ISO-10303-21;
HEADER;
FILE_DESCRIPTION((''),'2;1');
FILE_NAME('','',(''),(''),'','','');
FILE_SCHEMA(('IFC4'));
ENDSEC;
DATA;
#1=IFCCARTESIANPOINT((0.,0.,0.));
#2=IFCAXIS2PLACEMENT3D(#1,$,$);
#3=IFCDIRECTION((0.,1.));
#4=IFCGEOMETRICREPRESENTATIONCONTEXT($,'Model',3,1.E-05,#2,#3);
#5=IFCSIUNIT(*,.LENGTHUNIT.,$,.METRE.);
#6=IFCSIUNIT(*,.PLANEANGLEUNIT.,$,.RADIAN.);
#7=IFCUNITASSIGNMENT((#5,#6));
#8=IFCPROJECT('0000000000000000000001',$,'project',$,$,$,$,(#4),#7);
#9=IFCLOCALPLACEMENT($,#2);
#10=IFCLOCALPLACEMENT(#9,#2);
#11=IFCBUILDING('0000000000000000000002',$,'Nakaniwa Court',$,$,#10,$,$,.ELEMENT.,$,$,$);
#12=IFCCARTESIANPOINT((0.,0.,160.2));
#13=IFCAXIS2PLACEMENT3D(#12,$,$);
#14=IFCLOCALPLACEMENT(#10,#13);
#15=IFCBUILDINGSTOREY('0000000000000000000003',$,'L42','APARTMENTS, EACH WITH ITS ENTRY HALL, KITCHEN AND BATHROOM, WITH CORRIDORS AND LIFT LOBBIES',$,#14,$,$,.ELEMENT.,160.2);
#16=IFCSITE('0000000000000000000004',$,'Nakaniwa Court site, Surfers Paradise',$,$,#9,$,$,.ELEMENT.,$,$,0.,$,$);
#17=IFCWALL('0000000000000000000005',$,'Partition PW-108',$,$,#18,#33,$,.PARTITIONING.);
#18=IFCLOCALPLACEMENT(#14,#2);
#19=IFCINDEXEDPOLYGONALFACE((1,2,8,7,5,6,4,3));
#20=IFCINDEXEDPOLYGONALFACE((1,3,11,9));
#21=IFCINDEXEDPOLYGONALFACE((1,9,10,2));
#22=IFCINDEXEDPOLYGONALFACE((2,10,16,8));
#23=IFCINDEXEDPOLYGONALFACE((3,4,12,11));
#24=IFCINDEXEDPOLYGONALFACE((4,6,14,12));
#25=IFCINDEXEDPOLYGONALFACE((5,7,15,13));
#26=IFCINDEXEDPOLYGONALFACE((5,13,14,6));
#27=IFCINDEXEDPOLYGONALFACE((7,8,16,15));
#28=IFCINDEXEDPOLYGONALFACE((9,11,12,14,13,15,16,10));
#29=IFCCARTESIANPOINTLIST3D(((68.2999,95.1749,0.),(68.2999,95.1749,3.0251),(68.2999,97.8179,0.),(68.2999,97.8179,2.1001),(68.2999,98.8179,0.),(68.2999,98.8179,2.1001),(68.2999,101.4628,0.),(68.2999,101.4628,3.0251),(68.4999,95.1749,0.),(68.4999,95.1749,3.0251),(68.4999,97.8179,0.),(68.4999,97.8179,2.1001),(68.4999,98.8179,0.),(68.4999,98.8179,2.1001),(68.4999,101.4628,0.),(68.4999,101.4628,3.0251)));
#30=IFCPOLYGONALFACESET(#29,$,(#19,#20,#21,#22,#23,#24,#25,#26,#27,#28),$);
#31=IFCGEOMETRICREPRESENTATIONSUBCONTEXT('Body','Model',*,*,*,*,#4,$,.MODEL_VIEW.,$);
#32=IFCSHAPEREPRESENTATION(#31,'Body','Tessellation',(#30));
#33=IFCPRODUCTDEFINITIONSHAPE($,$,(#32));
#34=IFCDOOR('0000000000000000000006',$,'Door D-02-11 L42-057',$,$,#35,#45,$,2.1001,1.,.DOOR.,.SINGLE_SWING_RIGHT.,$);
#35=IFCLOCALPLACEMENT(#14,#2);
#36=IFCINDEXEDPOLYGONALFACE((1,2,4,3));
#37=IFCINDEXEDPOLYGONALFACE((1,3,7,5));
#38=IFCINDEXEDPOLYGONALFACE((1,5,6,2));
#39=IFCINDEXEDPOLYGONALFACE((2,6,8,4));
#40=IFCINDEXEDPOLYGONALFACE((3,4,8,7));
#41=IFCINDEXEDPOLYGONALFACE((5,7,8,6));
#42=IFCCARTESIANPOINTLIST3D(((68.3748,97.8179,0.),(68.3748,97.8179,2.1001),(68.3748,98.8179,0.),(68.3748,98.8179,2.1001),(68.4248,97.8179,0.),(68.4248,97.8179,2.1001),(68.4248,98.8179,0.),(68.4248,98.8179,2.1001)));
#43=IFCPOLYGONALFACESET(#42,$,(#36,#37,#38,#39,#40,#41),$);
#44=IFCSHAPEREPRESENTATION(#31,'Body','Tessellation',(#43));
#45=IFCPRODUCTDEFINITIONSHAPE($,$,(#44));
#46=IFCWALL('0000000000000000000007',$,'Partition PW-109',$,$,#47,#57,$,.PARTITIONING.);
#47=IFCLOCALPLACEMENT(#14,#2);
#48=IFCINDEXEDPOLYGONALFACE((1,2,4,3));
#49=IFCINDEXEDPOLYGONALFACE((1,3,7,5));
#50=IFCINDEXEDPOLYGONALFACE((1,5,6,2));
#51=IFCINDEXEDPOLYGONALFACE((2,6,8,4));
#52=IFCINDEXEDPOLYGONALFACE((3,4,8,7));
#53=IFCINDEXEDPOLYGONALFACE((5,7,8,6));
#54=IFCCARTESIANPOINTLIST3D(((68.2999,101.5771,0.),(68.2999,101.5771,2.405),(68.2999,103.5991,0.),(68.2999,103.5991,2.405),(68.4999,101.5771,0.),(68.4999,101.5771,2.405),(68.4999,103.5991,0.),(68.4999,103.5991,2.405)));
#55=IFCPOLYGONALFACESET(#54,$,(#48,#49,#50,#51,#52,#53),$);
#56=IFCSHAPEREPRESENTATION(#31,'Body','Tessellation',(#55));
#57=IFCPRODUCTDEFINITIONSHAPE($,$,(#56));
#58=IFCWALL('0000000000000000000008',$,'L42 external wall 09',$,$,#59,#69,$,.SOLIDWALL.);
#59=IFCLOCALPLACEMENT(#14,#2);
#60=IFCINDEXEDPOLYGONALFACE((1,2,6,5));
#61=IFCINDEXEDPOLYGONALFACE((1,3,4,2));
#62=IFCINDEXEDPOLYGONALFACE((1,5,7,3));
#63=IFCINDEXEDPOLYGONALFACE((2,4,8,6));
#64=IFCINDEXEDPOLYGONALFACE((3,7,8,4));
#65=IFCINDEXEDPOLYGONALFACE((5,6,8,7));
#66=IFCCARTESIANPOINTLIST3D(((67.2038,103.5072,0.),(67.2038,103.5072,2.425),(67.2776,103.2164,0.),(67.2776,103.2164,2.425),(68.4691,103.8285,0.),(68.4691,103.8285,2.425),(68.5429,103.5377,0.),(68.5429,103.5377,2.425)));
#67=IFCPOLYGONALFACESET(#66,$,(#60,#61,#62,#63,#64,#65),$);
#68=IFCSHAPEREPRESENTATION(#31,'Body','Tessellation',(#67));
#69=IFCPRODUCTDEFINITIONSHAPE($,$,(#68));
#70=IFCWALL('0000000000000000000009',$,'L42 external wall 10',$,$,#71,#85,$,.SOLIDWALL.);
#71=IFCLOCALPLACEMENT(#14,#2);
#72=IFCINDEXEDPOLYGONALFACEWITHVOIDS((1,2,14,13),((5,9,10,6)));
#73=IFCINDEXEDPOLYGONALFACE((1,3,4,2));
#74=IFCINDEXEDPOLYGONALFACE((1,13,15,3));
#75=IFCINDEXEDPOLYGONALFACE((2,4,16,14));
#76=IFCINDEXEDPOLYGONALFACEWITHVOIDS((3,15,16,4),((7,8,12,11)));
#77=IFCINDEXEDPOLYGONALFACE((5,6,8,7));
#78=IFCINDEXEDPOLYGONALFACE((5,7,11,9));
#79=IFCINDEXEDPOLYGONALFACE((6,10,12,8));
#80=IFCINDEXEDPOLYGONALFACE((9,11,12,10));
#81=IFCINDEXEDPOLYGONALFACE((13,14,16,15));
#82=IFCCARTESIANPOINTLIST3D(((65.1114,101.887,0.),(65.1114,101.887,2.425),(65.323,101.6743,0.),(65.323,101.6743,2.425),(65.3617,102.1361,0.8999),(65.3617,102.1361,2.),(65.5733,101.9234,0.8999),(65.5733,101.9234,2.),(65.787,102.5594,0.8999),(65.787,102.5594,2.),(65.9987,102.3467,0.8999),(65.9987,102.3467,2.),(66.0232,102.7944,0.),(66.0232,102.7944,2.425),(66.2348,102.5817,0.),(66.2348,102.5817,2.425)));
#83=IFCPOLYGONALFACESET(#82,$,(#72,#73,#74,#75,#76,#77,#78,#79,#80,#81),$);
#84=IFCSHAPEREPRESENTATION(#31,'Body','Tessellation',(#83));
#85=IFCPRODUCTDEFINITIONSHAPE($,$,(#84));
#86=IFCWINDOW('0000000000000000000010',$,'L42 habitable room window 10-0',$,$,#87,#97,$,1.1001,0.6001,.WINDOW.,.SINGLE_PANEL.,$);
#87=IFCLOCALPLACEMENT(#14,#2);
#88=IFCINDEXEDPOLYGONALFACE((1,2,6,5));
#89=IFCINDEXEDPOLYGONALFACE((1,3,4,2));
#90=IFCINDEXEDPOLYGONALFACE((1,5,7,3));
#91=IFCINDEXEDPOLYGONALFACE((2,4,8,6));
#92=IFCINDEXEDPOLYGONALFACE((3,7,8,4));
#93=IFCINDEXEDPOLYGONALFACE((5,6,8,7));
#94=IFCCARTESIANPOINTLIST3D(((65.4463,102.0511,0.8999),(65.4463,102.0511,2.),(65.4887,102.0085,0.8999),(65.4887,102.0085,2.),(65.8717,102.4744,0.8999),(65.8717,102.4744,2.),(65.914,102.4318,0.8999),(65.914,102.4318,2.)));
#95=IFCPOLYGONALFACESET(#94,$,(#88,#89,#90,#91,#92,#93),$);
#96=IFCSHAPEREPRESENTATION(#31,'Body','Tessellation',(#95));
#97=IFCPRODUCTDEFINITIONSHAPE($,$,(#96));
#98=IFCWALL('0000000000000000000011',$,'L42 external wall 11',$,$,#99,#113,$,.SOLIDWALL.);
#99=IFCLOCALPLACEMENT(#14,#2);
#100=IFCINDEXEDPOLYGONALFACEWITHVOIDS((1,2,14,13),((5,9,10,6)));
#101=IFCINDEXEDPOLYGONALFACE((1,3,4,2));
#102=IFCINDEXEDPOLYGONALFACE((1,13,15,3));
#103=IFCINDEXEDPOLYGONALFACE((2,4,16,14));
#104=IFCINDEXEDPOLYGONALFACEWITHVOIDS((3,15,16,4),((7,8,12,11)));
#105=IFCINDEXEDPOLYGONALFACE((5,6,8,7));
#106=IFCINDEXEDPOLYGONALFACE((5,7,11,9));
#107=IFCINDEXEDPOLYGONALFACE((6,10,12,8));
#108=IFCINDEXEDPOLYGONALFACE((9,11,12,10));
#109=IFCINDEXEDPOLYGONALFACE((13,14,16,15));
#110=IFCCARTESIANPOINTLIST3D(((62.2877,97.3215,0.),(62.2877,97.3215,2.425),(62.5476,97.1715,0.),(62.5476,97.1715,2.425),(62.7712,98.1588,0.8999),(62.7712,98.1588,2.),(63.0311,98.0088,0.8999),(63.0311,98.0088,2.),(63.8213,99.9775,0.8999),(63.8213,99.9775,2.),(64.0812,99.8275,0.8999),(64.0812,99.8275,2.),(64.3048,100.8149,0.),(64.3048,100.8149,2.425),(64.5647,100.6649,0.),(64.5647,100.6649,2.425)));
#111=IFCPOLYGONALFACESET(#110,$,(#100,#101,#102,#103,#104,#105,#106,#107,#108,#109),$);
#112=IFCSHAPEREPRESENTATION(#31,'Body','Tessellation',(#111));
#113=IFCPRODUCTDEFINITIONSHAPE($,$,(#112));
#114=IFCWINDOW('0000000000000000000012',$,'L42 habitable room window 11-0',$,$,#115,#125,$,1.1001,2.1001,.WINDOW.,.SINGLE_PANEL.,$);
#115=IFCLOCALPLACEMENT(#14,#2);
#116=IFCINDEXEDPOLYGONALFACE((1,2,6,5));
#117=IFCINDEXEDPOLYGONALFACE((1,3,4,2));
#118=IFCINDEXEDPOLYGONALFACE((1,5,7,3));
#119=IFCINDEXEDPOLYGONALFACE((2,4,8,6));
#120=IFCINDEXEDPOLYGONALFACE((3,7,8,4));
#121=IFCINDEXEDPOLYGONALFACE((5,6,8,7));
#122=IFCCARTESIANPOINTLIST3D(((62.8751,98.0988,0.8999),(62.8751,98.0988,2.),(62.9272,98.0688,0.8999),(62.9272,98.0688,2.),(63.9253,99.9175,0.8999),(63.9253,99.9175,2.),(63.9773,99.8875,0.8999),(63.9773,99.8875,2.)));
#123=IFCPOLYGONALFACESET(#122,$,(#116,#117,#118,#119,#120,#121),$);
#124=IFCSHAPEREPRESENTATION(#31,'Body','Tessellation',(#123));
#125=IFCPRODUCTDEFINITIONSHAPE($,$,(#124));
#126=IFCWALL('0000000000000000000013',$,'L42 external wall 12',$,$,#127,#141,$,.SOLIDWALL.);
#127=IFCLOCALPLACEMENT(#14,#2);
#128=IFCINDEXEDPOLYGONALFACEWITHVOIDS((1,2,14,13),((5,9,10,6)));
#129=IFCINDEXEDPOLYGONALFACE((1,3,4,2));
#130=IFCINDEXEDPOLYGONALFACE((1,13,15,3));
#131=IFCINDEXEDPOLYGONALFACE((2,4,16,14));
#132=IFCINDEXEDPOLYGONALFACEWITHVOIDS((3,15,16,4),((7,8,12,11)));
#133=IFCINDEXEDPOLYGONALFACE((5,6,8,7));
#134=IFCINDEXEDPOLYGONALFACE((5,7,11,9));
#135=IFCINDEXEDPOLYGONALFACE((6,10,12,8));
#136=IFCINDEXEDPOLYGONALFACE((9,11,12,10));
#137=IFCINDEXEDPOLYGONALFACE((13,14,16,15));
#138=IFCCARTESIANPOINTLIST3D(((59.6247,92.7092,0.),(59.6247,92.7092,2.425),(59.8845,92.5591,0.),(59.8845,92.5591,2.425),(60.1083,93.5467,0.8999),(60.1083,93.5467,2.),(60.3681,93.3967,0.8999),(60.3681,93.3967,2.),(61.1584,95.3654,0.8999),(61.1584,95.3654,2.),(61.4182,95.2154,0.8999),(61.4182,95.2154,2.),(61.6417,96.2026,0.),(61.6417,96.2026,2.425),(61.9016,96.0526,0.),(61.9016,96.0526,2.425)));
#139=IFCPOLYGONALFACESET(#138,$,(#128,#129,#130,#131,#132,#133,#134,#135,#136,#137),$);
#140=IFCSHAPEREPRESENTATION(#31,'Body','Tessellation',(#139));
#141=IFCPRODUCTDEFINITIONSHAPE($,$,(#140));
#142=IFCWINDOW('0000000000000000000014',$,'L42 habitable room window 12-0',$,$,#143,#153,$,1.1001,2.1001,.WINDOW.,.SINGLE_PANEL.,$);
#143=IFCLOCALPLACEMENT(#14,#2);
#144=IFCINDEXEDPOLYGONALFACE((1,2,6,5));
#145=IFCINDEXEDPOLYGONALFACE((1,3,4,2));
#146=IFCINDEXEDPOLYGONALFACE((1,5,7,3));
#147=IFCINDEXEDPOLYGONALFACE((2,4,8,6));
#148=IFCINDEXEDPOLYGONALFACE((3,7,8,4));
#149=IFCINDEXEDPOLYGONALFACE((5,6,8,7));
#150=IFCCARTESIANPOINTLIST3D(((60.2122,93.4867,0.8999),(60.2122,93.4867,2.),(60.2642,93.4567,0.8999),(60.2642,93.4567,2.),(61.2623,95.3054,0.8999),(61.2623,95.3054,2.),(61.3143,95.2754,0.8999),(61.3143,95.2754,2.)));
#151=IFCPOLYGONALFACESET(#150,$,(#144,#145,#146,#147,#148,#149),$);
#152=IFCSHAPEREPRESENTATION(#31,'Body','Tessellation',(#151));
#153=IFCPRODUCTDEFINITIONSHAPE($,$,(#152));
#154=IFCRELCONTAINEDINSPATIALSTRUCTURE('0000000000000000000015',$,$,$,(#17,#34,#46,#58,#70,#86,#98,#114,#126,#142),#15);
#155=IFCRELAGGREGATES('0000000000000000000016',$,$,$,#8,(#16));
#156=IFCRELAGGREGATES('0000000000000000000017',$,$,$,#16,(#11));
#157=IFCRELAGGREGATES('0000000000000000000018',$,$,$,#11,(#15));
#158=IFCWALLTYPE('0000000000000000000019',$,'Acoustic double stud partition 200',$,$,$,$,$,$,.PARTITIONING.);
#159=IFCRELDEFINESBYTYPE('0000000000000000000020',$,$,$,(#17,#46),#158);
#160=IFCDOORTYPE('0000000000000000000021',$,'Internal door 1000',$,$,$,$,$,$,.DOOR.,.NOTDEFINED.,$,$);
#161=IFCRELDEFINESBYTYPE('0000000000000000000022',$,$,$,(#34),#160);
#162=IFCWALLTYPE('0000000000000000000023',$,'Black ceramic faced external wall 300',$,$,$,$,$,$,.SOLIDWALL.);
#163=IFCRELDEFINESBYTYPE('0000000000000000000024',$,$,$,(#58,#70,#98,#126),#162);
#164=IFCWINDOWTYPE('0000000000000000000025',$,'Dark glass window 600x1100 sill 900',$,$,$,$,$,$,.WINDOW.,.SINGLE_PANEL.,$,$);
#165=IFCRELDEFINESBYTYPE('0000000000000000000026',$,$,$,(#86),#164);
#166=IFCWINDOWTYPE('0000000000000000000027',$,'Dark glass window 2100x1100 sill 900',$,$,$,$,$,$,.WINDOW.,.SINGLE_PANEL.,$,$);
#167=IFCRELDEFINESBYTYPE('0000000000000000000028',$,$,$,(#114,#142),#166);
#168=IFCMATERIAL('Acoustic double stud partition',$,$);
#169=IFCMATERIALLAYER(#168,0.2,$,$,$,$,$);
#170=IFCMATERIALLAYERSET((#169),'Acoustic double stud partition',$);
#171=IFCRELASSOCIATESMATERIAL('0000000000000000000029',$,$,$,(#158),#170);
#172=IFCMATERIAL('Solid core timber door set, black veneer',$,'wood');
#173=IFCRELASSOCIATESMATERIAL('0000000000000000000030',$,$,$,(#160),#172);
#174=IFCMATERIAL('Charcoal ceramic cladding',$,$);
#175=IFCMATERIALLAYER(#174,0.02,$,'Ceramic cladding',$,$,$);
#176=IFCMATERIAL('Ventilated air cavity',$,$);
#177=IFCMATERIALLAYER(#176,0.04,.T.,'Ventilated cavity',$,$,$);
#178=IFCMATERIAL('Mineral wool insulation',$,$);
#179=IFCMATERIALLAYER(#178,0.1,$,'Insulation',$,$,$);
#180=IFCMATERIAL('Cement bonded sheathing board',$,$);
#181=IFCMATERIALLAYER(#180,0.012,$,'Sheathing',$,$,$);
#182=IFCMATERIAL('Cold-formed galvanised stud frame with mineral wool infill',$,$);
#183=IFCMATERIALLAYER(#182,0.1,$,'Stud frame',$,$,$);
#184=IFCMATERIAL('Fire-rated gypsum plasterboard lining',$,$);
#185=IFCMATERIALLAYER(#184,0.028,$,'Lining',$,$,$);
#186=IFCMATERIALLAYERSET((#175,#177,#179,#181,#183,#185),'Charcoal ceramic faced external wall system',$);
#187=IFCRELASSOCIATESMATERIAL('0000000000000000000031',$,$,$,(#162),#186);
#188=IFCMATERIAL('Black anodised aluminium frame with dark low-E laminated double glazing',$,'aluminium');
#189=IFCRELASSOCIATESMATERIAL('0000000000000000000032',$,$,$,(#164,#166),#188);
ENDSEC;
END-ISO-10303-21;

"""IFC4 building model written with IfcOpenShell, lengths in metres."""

from ifc_helpers import new_model, si_unit, direction, frame, frame_2d, origin, place, context, subcontext, project, spatial, rectangle, extrude, material, layer, layer_set, type_object, element, fill, save


model = new_model("IFC4")

# Units and contexts
model_context = context("Model", 3, precision=1e-05, world=origin(), true_north=direction((0.0, 1.0)))
body_context = subcontext(model_context, "Body", "Model", "MODEL_VIEW")
ifc_project = project(units=[si_unit("LENGTHUNIT", "METRE"), si_unit("PLANEANGLEUNIT", "RADIAN")], contexts=[model_context])

# Site, building, storey
site_placement = place(None, origin())
site = spatial("IfcSite", under=ifc_project, at=site_placement, Name="Nakaniwa Court site, Surfers Paradise", CompositionType="ELEMENT", RefElevation=0.0)
building_placement = place(site_placement, origin())
building = spatial("IfcBuilding", under=site, at=building_placement, Name="Nakaniwa Court", CompositionType="ELEMENT")
storey_placement = place(building_placement, frame((0.0, 0.0, 160.2)))
storey = spatial("IfcBuildingStorey", under=building, at=storey_placement, Name="L42", Description="APARTMENTS, EACH WITH ITS ENTRY HALL, KITCHEN AND BATHROOM, WITH CORRIDORS AND LIFT LOBBIES", CompositionType="ELEMENT", Elevation=160.2)

# Shared definitions
ifc_material_1 = material(Name="Acoustic double stud partition")
ifc_layer_1 = layer(ifc_material_1, 0.2)
ifc_layer_set_1 = layer_set([ifc_layer_1], Name="Acoustic double stud partition")
wall_type_1 = type_object("IfcWallType", Name="Acoustic double stud partition 200", PredefinedType="PARTITIONING", material=ifc_layer_set_1)

# Wall, opening, door
wall_1_placement = place(storey_placement, frame((68.3999, 101.4629, 0.0), z_axis=(0.0, 0.0, 1.0), x_axis=(0.0, -1.0, 0.0)))
wall_1 = element("IfcWall", 1, at=wall_1_placement, inside=storey, type_object=wall_type_1, Name="Partition PW-108", PredefinedType="PARTITIONING", context=body_context, shape_type="SweptSolid", body=[
    extrude(rectangle(XDim=6.2878, YDim=0.2, at=frame_2d((3.144, 0.0))), origin(), (0.0, 0.0, 1.0), 3.0251),
])
opening_1_placement = place(wall_1_placement, frame((2.645, 0.0, 0.0)))
opening_1 = element("IfcOpeningElement", 2, at=opening_1_placement, cuts=wall_1, PredefinedType="OPENING", context=body_context, shape_type="SweptSolid", body=[
    extrude(rectangle(XDim=1.0, YDim=2.1001, at=frame_2d((0.5, 1.05))), frame((0.0, 0.1099, 0.0), z_axis=(0.0, -1.0, 0.0), x_axis=(1.0, 0.0, 0.0)), (0.0, 0.0, 1.0), 0.22),
])
ifc_material_2 = material(Name="Solid core timber door set, black veneer", Category="wood")
door_type_1 = type_object("IfcDoorType", Name="Internal door 1000", OperationType="NOTDEFINED", PredefinedType="DOOR", material=ifc_material_2)
door_1_placement = place(opening_1_placement, origin())
door_1 = element("IfcDoor", 3, at=door_1_placement, inside=storey, type_object=door_type_1, Name="Door D-02-11 L42-057", OperationType="SINGLE_SWING_RIGHT", OverallHeight=2.1001, OverallWidth=1.0, PredefinedType="DOOR", context=body_context, shape_type="SweptSolid", body=[
    extrude(rectangle(XDim=1.0, YDim=2.1001, at=frame_2d((0.5, 1.05))), frame((0.0, 0.0249, 0.0), z_axis=(0.0, -1.0, 0.0), x_axis=(1.0, 0.0, 0.0)), (0.0, 0.0, 1.0), 0.05),
])
fill(opening_1, door_1)

# Walls
wall_2_placement = place(storey_placement, frame((68.3999, 101.5771, 0.0), z_axis=(0.0, 0.0, 1.0), x_axis=(0.0, 1.0, 0.0)))
element("IfcWall", 4, at=wall_2_placement, inside=storey, type_object=wall_type_1, Name="Partition PW-109", PredefinedType="PARTITIONING", context=body_context, shape_type="SweptSolid", body=[
    extrude(rectangle(XDim=2.022, YDim=0.2, at=frame_2d((1.011, 0.0))), origin(), (0.0, 0.0, 1.0), 2.405),
])
ifc_material_3 = material(Name="Charcoal ceramic cladding")
ifc_layer_2 = layer(ifc_material_3, 0.02, Name="Ceramic cladding")
ifc_material_4 = material(Name="Ventilated air cavity")
ifc_layer_3 = layer(ifc_material_4, 0.04, ventilated=True, Name="Ventilated cavity")
ifc_material_5 = material(Name="Mineral wool insulation")
ifc_layer_4 = layer(ifc_material_5, 0.1, Name="Insulation")
ifc_material_6 = material(Name="Cement bonded sheathing board")
ifc_layer_5 = layer(ifc_material_6, 0.012, Name="Sheathing")
ifc_material_7 = material(Name="Cold-formed galvanised stud frame with mineral wool infill")
ifc_layer_6 = layer(ifc_material_7, 0.1, Name="Stud frame")
ifc_material_8 = material(Name="Fire-rated gypsum plasterboard lining")
ifc_layer_7 = layer(ifc_material_8, 0.028, Name="Lining")
ifc_layer_set_2 = layer_set([ifc_layer_2, ifc_layer_3, ifc_layer_4, ifc_layer_5, ifc_layer_6, ifc_layer_7], Name="Charcoal ceramic faced external wall system")
wall_type_2 = type_object("IfcWallType", Name="Black ceramic faced external wall 300", PredefinedType="SOLIDWALL", material=ifc_layer_set_2)
wall_3_placement = place(storey_placement, frame((68.5061, 103.6831, 0.0), z_axis=(0.0, 0.0, 1.0), x_axis=(-0.969245, -0.246098, 0.0)))
element("IfcWall", 5, at=wall_3_placement, inside=storey, type_object=wall_type_2, Name="L42 external wall 09", PredefinedType="SOLIDWALL", context=body_context, shape_type="SweptSolid", body=[
    extrude(rectangle(XDim=1.3054, YDim=0.3, at=frame_2d((0.6528, 0.0))), origin(), (0.0, 0.0, 1.0), 2.425),
])

# Walls, openings, windows
wall_4_placement = place(storey_placement, frame((66.1289, 102.688, 0.0), z_axis=(0.0, 0.0, 1.0), x_axis=(-0.708813, -0.705397, 0.0)))
wall_4 = element("IfcWall", 6, at=wall_4_placement, inside=storey, type_object=wall_type_2, Name="L42 external wall 10", PredefinedType="SOLIDWALL", context=body_context, shape_type="SweptSolid", body=[
    extrude(rectangle(XDim=1.2864, YDim=0.3, at=frame_2d((0.6431, 0.0))), origin(), (0.0, 0.0, 1.0), 2.425),
])
opening_2_placement = place(wall_4_placement, frame((0.333, 0.0, 0.8999)))
opening_2 = element("IfcOpeningElement", 7, at=opening_2_placement, cuts=wall_4, PredefinedType="OPENING", context=body_context, shape_type="SweptSolid", body=[
    extrude(rectangle(XDim=0.6001, YDim=1.1001, at=frame_2d((0.3, 0.55))), frame((0.0, 0.1599, 0.0), z_axis=(0.0, -1.0, 0.0), x_axis=(1.0, 0.0, 0.0)), (0.0, 0.0, 1.0), 0.3201),
])
ifc_material_9 = material(Name="Black anodised aluminium frame with dark low-E laminated double glazing", Category="aluminium")
window_type_1 = type_object("IfcWindowType", Name="Dark glass window 600x1100 sill 900", PartitioningType="SINGLE_PANEL", PredefinedType="WINDOW", material=ifc_material_9)
window_1_placement = place(opening_2_placement, origin())
window_1 = element("IfcWindow", 8, at=window_1_placement, inside=storey, type_object=window_type_1, Name="L42 habitable room window 10-0", OverallHeight=1.1001, OverallWidth=0.6001, PartitioningType="SINGLE_PANEL", PredefinedType="WINDOW", context=body_context, shape_type="SweptSolid", body=[
    extrude(rectangle(XDim=0.6001, YDim=1.1001, at=frame_2d((0.3, 0.55))), frame((0.0, 0.03, 0.0), z_axis=(0.0, -1.0, 0.0), x_axis=(1.0, 0.0, 0.0)), (0.0, 0.0, 1.0), 0.0601),
])
fill(opening_2, window_1)
wall_5_placement = place(storey_placement, frame((64.4348, 100.74, 0.0), z_axis=(0.0, 0.0, 1.0), x_axis=(-0.500032, -0.866007, 0.0)))
wall_5 = element("IfcWall", 9, at=wall_5_placement, inside=storey, type_object=wall_type_2, Name="L42 external wall 11", PredefinedType="SOLIDWALL", context=body_context, shape_type="SweptSolid", body=[
    extrude(rectangle(XDim=4.0339, YDim=0.3, at=frame_2d((2.0171, 0.0))), origin(), (0.0, 0.0, 1.0), 2.425),
])
opening_3_placement = place(wall_5_placement, frame((0.967, 0.0, 0.8999)))
opening_3 = element("IfcOpeningElement", 10, at=opening_3_placement, cuts=wall_5, PredefinedType="OPENING", context=body_context, shape_type="SweptSolid", body=[
    extrude(rectangle(XDim=2.1001, YDim=1.1001, at=frame_2d((1.05, 0.55))), frame((0.0, 0.1599, 0.0), z_axis=(0.0, -1.0, 0.0), x_axis=(1.0, 0.0, 0.0)), (0.0, 0.0, 1.0), 0.3201),
])
window_type_2 = type_object("IfcWindowType", Name="Dark glass window 2100x1100 sill 900", PartitioningType="SINGLE_PANEL", PredefinedType="WINDOW", material=ifc_material_9)
window_2_placement = place(opening_3_placement, origin())
window_2 = element("IfcWindow", 11, at=window_2_placement, inside=storey, type_object=window_type_2, Name="L42 habitable room window 11-0", OverallHeight=1.1001, OverallWidth=2.1001, PartitioningType="SINGLE_PANEL", PredefinedType="WINDOW", context=body_context, shape_type="SweptSolid", body=[
    extrude(rectangle(XDim=2.1001, YDim=1.1001, at=frame_2d((1.05, 0.55))), frame((0.0, 0.03, 0.0), z_axis=(0.0, -1.0, 0.0), x_axis=(1.0, 0.0, 0.0)), (0.0, 0.0, 1.0), 0.0601),
])
fill(opening_3, window_2)
wall_6_placement = place(storey_placement, frame((61.7717, 96.1277, 0.0), z_axis=(0.0, 0.0, 1.0), x_axis=(-0.500032, -0.866007, 0.0)))
wall_6 = element("IfcWall", 12, at=wall_6_placement, inside=storey, type_object=wall_type_2, Name="L42 external wall 12", PredefinedType="SOLIDWALL", context=body_context, shape_type="SweptSolid", body=[
    extrude(rectangle(XDim=4.0339, YDim=0.3, at=frame_2d((2.0171, 0.0))), origin(), (0.0, 0.0, 1.0), 2.425),
])
opening_4_placement = place(wall_6_placement, frame((0.9668, 0.0, 0.8999)))
opening_4 = element("IfcOpeningElement", 13, at=opening_4_placement, cuts=wall_6, PredefinedType="OPENING", context=body_context, shape_type="SweptSolid", body=[
    extrude(rectangle(XDim=2.1001, YDim=1.1001, at=frame_2d((1.05, 0.55))), frame((0.0, 0.1599, 0.0), z_axis=(0.0, -1.0, 0.0), x_axis=(1.0, 0.0, 0.0)), (0.0, 0.0, 1.0), 0.3201),
])
window_3_placement = place(opening_4_placement, origin())
window_3 = element("IfcWindow", 14, at=window_3_placement, inside=storey, type_object=window_type_2, Name="L42 habitable room window 12-0", OverallHeight=1.1001, OverallWidth=2.1001, PartitioningType="SINGLE_PANEL", PredefinedType="WINDOW", context=body_context, shape_type="SweptSolid", body=[
    extrude(rectangle(XDim=2.1001, YDim=1.1001, at=frame_2d((1.05, 0.55))), frame((0.0, 0.03, 0.0), z_axis=(0.0, -1.0, 0.0), x_axis=(1.0, 0.0, 0.0)), (0.0, 0.0, 1.0), 0.0601),
])
fill(opening_4, window_3)

save(model, "model.ifc")
